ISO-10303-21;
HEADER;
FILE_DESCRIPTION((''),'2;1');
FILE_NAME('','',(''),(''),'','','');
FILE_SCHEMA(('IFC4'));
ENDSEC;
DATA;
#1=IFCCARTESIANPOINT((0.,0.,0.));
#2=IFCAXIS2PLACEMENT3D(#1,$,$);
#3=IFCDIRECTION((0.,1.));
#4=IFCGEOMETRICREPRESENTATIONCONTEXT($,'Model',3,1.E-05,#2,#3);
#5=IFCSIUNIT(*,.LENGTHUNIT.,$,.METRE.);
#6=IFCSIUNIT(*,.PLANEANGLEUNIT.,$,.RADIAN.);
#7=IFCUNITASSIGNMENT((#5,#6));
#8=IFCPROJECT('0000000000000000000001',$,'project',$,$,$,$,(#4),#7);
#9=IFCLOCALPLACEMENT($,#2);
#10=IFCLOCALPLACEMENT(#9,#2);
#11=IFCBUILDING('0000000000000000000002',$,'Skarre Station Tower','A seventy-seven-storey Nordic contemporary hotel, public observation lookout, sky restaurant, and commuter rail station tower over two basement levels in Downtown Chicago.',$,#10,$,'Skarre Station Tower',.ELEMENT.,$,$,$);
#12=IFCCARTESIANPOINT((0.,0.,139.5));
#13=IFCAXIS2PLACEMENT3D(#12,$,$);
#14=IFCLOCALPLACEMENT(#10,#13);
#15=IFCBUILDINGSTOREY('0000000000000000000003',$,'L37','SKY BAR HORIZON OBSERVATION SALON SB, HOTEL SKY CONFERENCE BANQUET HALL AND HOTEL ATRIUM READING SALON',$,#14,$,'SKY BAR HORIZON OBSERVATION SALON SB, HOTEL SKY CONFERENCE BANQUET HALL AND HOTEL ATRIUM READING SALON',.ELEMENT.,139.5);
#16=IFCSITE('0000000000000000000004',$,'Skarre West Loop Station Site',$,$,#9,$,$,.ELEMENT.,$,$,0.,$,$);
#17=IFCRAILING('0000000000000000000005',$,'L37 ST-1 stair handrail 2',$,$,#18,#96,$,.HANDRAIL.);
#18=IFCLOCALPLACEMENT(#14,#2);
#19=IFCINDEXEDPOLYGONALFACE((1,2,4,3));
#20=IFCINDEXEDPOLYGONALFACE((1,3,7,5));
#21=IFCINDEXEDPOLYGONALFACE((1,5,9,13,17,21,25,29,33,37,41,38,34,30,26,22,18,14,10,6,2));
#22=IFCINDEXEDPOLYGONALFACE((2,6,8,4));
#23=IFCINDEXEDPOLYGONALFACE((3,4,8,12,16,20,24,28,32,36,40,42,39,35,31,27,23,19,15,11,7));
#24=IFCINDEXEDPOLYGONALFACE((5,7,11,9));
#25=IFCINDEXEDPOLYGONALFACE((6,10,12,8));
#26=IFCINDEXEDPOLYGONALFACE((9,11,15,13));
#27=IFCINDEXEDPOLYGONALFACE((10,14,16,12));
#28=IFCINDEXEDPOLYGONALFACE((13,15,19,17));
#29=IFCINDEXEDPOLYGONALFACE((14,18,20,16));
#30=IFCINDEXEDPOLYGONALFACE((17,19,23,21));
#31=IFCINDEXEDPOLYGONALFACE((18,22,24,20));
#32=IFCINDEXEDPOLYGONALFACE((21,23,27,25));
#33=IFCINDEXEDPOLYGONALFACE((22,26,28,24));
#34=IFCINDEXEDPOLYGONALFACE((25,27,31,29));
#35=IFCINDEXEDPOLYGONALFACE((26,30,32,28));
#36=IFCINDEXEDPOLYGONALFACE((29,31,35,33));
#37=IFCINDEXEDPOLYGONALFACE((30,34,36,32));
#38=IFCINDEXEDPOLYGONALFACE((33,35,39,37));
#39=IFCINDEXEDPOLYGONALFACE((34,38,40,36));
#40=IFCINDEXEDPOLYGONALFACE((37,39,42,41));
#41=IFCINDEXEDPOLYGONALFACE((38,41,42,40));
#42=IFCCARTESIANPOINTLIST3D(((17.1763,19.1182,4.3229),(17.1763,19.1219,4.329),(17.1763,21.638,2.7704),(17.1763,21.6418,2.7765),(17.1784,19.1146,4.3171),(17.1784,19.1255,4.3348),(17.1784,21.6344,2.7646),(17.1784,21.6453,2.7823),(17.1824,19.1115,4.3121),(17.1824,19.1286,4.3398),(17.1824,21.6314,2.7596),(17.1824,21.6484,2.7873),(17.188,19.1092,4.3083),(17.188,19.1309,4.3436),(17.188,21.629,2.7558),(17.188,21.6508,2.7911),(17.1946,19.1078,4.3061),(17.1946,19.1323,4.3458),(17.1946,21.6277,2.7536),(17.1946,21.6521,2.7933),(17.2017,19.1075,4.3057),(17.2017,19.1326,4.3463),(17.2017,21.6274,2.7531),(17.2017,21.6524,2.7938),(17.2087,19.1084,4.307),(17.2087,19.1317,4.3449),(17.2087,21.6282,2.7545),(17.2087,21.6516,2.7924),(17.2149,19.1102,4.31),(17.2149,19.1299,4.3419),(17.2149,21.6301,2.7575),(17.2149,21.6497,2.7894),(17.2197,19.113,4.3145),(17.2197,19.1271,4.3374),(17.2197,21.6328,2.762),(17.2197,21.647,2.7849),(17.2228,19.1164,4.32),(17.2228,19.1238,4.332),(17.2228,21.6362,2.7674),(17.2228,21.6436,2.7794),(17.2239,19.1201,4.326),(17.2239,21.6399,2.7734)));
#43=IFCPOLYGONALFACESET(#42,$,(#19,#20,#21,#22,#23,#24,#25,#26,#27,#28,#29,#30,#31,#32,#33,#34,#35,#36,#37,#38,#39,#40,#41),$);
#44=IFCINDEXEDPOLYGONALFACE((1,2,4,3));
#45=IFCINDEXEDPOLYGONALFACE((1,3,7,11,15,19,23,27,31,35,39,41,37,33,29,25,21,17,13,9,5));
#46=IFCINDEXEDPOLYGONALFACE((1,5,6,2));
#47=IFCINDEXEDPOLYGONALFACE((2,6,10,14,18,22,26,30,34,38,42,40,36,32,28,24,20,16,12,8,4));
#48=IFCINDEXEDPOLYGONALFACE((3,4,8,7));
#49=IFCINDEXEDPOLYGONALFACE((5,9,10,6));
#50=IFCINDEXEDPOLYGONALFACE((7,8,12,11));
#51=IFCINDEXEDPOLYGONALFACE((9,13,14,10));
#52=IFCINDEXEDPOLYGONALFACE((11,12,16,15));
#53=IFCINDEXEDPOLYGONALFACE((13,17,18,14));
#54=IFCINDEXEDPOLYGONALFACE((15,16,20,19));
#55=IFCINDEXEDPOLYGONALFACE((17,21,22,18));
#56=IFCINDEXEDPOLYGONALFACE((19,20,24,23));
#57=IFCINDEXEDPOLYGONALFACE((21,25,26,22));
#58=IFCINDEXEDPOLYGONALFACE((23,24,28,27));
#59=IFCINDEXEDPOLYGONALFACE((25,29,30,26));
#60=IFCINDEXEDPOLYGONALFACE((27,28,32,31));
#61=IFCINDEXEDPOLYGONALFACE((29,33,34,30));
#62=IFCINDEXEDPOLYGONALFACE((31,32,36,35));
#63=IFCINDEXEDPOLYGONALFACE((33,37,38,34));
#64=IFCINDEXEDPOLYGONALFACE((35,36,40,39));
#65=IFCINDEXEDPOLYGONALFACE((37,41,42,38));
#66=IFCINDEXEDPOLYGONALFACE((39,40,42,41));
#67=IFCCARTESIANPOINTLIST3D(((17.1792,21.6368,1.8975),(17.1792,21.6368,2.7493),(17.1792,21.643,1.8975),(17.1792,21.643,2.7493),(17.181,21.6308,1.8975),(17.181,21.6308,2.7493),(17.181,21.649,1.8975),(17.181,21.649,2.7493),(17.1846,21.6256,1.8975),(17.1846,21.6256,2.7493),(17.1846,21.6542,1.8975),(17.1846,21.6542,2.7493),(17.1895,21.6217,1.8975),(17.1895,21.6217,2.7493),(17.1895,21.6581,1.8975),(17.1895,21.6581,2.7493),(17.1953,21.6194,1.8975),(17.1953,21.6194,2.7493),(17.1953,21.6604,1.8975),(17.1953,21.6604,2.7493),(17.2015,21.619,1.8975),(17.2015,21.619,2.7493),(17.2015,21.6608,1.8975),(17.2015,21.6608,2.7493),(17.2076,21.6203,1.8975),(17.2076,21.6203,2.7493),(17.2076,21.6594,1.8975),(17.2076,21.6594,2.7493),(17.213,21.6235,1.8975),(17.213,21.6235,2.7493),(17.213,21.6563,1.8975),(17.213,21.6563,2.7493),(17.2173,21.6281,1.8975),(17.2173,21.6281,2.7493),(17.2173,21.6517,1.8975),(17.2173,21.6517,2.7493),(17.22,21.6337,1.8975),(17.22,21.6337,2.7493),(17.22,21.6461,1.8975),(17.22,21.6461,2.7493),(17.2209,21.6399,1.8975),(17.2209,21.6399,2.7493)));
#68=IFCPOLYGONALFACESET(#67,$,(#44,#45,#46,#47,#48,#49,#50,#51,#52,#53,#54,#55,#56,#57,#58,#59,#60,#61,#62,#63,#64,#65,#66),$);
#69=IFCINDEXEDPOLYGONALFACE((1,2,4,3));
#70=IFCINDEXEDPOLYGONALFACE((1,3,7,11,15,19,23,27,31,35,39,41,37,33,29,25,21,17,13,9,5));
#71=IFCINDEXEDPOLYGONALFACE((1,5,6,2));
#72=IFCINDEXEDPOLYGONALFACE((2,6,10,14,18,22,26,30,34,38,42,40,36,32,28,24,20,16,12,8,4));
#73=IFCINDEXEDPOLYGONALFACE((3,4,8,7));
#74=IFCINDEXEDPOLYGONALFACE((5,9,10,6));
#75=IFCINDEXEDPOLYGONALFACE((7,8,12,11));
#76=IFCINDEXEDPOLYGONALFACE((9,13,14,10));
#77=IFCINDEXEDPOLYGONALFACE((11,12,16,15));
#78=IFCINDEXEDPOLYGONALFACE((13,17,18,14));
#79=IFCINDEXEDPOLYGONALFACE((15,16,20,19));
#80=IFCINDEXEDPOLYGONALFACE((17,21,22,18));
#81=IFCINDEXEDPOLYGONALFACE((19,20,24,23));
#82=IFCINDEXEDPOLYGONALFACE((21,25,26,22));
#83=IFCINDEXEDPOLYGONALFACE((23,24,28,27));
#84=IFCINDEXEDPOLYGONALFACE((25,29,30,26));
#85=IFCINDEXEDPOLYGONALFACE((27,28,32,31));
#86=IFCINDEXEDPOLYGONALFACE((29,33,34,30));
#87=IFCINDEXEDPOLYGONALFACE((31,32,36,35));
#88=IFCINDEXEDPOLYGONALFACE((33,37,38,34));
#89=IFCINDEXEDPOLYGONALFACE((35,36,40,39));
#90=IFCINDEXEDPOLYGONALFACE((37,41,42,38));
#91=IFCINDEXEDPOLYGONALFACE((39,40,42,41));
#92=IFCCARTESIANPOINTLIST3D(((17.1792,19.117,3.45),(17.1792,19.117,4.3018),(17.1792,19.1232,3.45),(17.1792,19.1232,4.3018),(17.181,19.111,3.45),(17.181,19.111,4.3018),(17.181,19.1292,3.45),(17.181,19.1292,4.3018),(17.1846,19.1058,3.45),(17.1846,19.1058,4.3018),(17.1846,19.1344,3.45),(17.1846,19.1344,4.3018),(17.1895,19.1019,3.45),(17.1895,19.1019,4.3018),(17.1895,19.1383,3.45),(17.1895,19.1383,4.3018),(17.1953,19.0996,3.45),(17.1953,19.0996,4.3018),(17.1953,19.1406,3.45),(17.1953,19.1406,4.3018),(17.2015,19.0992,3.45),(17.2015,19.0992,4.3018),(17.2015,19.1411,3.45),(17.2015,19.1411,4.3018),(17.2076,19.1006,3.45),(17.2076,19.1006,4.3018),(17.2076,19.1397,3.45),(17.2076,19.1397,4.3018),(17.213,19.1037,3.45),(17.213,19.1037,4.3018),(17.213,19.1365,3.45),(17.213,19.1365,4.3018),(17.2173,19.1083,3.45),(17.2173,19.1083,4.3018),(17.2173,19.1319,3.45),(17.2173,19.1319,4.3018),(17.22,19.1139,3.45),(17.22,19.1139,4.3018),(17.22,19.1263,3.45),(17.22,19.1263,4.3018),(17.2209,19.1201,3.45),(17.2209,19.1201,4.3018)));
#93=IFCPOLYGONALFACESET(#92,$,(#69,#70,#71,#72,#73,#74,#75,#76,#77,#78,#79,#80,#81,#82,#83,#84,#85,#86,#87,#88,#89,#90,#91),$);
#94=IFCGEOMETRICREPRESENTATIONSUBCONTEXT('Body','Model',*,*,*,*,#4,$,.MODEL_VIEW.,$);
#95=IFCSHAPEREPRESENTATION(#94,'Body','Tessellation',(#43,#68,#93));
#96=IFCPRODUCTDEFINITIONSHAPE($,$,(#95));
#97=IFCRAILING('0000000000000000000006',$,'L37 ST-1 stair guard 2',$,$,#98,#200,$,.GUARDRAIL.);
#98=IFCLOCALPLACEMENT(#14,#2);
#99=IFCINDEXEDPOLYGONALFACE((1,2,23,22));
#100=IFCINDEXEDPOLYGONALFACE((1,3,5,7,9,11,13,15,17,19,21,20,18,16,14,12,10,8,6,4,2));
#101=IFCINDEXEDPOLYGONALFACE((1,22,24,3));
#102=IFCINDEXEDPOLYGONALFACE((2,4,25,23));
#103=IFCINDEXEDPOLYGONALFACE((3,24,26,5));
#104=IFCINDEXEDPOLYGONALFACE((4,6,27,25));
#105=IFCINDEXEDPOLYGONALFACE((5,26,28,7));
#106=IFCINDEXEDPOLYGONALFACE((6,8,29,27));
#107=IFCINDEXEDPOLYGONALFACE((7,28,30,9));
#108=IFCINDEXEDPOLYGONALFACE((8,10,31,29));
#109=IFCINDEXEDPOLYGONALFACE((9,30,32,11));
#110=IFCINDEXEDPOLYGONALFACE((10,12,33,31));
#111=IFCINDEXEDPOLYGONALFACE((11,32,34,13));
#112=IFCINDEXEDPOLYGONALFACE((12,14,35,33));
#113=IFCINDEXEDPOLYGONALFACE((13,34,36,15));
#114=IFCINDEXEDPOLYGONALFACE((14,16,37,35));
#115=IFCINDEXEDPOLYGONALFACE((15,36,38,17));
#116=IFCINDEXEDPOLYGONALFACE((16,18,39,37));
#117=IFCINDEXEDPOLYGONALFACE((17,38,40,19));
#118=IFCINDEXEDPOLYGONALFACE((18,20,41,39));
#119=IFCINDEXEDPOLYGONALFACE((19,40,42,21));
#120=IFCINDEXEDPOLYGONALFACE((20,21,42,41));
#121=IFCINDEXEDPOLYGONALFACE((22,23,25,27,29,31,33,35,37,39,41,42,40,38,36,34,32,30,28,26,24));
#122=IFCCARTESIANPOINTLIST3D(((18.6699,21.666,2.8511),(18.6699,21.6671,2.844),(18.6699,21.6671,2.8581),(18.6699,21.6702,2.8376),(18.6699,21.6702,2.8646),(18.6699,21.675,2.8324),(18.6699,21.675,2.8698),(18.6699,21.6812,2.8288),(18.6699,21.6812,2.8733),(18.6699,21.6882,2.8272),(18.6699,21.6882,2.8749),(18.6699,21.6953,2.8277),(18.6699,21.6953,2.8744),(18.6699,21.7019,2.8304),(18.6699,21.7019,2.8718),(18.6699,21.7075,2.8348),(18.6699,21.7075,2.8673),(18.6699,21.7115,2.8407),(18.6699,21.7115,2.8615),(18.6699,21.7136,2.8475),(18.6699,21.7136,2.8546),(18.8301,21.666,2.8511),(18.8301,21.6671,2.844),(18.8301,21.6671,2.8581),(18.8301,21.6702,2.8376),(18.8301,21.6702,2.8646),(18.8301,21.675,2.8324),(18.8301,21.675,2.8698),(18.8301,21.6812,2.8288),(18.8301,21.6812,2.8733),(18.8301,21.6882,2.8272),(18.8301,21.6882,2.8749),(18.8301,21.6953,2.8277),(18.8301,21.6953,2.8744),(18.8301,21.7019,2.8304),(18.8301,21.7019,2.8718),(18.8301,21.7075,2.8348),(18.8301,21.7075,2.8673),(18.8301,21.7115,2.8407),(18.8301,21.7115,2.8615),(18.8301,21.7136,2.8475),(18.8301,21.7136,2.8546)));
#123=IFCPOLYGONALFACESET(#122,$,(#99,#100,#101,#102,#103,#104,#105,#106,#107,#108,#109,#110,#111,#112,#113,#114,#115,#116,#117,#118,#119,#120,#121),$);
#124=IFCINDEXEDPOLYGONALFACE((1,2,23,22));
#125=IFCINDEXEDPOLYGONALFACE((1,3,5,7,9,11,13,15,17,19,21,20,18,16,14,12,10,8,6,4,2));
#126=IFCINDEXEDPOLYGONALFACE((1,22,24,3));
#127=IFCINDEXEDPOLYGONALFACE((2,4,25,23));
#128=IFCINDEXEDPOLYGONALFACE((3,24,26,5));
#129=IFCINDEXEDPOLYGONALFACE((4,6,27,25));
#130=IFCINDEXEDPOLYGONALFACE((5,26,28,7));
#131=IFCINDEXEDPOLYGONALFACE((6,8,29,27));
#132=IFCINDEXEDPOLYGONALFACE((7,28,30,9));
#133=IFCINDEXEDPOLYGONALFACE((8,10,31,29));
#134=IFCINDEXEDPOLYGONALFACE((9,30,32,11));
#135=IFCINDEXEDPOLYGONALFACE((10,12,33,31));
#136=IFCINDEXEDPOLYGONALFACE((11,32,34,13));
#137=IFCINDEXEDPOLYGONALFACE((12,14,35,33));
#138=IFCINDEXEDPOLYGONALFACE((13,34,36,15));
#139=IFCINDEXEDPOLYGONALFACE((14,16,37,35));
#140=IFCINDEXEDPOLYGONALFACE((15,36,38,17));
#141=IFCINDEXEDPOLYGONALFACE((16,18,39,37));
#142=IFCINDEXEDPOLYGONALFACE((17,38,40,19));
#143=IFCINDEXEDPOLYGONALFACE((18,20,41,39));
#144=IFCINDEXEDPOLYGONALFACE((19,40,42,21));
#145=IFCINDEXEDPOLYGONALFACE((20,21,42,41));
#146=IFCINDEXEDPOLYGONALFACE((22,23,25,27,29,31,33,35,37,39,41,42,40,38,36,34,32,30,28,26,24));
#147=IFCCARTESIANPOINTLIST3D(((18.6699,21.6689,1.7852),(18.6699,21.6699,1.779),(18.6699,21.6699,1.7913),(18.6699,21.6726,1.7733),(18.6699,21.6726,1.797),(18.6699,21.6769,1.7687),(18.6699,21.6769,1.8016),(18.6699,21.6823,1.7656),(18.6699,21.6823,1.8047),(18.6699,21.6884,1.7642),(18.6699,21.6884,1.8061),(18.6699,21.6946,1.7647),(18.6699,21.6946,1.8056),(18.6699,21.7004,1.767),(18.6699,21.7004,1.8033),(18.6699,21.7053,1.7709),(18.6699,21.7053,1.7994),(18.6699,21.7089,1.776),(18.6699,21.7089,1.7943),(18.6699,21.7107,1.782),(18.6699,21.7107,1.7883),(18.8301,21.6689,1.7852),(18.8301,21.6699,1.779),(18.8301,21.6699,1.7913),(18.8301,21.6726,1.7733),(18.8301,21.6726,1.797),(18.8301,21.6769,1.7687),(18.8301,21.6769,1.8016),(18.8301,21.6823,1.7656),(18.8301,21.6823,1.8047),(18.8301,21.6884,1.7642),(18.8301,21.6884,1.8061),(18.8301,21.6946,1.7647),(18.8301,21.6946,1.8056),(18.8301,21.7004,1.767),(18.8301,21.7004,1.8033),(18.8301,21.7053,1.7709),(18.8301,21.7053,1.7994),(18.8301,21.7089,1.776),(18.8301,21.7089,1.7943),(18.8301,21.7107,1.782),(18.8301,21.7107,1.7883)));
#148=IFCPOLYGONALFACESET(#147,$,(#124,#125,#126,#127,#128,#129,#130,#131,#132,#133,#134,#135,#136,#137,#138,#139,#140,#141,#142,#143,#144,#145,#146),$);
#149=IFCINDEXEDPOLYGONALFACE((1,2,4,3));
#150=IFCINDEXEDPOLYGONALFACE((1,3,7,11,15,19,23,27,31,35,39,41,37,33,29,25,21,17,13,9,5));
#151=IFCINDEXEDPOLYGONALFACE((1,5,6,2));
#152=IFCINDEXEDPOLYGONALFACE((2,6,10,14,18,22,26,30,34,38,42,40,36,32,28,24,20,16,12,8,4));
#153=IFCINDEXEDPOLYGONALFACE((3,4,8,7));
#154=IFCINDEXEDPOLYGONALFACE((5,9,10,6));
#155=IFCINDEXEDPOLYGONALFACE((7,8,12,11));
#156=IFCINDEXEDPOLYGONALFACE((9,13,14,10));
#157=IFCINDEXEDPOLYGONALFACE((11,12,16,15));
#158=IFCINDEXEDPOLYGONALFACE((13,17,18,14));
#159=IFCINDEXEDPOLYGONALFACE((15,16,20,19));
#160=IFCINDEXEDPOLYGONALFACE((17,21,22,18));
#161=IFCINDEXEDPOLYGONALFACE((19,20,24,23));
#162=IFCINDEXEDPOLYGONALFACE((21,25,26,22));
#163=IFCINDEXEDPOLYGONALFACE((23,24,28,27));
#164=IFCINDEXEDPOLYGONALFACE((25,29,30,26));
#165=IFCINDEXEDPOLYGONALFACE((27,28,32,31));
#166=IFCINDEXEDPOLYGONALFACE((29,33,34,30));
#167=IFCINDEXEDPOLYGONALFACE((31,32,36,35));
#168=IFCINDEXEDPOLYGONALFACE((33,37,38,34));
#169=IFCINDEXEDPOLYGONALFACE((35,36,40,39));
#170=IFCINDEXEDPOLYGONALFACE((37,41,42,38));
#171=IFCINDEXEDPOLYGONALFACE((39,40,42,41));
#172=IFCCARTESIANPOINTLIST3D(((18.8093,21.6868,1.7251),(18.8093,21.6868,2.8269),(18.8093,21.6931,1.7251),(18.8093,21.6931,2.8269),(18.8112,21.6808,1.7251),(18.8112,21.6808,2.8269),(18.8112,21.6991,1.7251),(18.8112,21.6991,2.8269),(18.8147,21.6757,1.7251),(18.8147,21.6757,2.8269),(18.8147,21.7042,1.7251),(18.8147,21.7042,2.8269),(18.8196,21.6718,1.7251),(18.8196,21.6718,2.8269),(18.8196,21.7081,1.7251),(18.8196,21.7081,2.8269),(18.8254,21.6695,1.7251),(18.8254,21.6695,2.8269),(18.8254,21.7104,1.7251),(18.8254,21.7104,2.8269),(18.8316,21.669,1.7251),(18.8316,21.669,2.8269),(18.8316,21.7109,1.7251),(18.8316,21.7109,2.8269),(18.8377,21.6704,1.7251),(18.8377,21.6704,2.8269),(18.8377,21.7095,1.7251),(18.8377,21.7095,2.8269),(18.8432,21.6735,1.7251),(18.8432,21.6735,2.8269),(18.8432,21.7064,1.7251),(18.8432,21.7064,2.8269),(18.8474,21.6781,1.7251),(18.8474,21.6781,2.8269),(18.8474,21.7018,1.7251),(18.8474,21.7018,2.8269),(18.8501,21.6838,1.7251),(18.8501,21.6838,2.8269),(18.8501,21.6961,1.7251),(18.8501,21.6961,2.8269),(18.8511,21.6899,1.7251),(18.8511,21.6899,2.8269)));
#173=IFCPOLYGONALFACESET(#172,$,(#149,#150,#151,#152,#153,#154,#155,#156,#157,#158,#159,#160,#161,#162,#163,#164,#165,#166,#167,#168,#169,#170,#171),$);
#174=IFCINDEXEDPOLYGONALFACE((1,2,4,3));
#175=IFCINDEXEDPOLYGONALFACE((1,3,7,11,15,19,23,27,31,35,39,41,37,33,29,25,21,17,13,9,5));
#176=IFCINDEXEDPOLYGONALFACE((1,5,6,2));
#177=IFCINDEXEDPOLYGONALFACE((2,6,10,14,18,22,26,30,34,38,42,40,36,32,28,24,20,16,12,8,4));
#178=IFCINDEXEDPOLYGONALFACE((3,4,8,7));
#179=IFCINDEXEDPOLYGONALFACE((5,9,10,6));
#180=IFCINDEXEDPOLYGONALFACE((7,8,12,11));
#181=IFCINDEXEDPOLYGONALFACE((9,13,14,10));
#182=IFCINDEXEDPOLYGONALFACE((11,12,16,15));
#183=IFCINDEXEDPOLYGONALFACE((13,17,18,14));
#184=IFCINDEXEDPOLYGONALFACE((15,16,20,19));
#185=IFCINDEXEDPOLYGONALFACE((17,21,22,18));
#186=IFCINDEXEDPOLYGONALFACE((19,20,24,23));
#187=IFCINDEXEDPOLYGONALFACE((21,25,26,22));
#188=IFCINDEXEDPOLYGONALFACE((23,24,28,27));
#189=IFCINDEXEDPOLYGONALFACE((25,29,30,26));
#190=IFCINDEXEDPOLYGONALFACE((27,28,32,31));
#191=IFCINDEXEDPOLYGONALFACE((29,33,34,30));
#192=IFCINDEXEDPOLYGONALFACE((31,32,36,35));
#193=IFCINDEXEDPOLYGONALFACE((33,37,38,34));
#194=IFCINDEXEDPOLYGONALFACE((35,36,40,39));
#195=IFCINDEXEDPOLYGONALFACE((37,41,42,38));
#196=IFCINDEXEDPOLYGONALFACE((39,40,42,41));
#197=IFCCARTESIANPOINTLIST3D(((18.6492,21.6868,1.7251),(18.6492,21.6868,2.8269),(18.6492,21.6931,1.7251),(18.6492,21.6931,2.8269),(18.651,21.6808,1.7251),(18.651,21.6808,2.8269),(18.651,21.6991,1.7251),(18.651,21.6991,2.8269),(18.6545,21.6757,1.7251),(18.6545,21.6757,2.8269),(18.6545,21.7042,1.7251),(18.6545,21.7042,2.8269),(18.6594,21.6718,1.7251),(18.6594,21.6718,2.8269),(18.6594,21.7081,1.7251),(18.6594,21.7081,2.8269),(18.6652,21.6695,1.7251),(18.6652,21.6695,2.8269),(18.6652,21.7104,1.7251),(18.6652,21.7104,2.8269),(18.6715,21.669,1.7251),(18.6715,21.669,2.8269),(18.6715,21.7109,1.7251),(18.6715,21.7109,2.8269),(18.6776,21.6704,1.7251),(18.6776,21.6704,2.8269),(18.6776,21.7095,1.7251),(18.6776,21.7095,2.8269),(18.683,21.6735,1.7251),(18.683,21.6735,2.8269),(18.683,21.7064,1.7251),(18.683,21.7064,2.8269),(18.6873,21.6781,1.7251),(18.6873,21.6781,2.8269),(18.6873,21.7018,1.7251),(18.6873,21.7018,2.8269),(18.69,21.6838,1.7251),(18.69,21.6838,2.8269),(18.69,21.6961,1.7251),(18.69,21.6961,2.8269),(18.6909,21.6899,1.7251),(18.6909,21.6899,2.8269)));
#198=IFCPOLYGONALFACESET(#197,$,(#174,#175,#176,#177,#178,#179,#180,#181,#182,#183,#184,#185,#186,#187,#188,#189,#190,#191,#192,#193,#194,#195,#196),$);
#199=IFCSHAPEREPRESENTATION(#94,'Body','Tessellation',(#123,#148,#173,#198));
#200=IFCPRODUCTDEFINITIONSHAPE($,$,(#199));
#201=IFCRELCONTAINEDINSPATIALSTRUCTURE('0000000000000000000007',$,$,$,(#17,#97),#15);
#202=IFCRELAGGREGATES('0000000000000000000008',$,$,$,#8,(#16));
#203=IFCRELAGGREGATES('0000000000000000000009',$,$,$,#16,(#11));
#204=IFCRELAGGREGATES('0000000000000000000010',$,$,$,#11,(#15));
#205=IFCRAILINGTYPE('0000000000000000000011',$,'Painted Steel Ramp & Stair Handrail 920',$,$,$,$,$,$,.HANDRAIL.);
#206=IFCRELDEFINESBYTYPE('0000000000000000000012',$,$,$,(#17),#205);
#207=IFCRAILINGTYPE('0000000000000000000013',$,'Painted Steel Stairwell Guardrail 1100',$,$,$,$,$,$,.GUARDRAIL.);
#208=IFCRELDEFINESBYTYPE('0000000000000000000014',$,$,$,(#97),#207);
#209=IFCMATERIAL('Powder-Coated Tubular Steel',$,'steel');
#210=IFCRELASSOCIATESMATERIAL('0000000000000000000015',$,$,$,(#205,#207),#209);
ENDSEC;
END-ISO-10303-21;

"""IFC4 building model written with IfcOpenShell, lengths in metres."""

from ifc_helpers import new_model, si_unit, direction, frame, origin, origin_2d, place, context, subcontext, project, spatial, circle, extrude, material, type_object, element, save


model = new_model("IFC4")

# Units and contexts
model_context = context("Model", 3, precision=1e-05, world=origin(), true_north=direction((0.0, 1.0)))
body_context = subcontext(model_context, "Body", "Model", "MODEL_VIEW")
ifc_project = project(units=[si_unit("LENGTHUNIT", "METRE"), si_unit("PLANEANGLEUNIT", "RADIAN")], contexts=[model_context])

# Site, building, storey
site_placement = place(None, origin())
site = spatial("IfcSite", under=ifc_project, at=site_placement, Name="Skarre West Loop Station Site", CompositionType="ELEMENT", RefElevation=0.0)
building_placement = place(site_placement, origin())
building = spatial("IfcBuilding", under=site, at=building_placement, Name="Skarre Station Tower", Description="A seventy-seven-storey Nordic contemporary hotel, public observation lookout, sky restaurant, and commuter rail station tower over two basement levels in Downtown Chicago.", LongName="Skarre Station Tower", CompositionType="ELEMENT")
storey_placement = place(building_placement, frame((0.0, 0.0, 139.5)))
storey = spatial("IfcBuildingStorey", under=building, at=storey_placement, Name="L37", Description="SKY BAR HORIZON OBSERVATION SALON SB, HOTEL SKY CONFERENCE BANQUET HALL AND HOTEL ATRIUM READING SALON", LongName="SKY BAR HORIZON OBSERVATION SALON SB, HOTEL SKY CONFERENCE BANQUET HALL AND HOTEL ATRIUM READING SALON", CompositionType="ELEMENT", Elevation=139.5)

# Railings
ifc_material_1 = material(Name="Powder-Coated Tubular Steel", Category="steel")
railing_type_1 = type_object("IfcRailingType", Name="Painted Steel Ramp & Stair Handrail 920", PredefinedType="HANDRAIL", material=ifc_material_1)
railing_1_placement = place(storey_placement, frame((17.2, 21.6399, 1.8975)))
element("IfcRailing", 1, at=railing_1_placement, inside=storey, type_object=railing_type_1, Name="L37 ST-1 stair handrail 2", PredefinedType="HANDRAIL", context=body_context, shape_type="SweptSolid", body=[
    extrude(circle(Radius=0.0239, at=origin_2d()), frame((0.0, 0.0, 0.876), z_axis=(0.0, -0.851378, 0.524553), x_axis=(1.0, 0.0, 0.0)), (0.0, 0.0, 1.0), 2.9597),
    extrude(circle(Radius=0.021, at=origin_2d()), origin(), (0.0, 0.0, 1.0), 0.8518),
    extrude(circle(Radius=0.021, at=origin_2d()), frame((0.0, -2.5198, 1.5525)), (0.0, 0.0, 1.0), 0.8518),
])
railing_type_2 = type_object("IfcRailingType", Name="Painted Steel Stairwell Guardrail 1100", PredefinedType="GUARDRAIL", material=ifc_material_1)
railing_2_placement = place(storey_placement, frame((18.8301, 21.6899, 1.7251)))
element("IfcRailing", 2, at=railing_2_placement, inside=storey, type_object=railing_type_2, Name="L37 ST-1 stair guard 2", PredefinedType="GUARDRAIL", context=body_context, shape_type="SweptSolid", body=[
    extrude(circle(Radius=0.0239, at=origin_2d()), frame((0.0, 0.0, 1.126), z_axis=(-1.0, 0.0, 0.0), x_axis=(0.0, -1.0, 0.0)), (0.0, 0.0, 1.0), 0.1602),
    extrude(circle(Radius=0.021, at=origin_2d()), frame((0.0, 0.0, 0.0601), z_axis=(-1.0, 0.0, 0.0), x_axis=(0.0, -1.0, 0.0)), (0.0, 0.0, 1.0), 0.1602),
    extrude(circle(Radius=0.021, at=origin_2d()), origin(), (0.0, 0.0, 1.0), 1.1018),
    extrude(circle(Radius=0.021, at=origin_2d()), frame((-0.1602, 0.0, 0.0)), (0.0, 0.0, 1.0), 1.1018),
])

save(model, "model.ifc")
